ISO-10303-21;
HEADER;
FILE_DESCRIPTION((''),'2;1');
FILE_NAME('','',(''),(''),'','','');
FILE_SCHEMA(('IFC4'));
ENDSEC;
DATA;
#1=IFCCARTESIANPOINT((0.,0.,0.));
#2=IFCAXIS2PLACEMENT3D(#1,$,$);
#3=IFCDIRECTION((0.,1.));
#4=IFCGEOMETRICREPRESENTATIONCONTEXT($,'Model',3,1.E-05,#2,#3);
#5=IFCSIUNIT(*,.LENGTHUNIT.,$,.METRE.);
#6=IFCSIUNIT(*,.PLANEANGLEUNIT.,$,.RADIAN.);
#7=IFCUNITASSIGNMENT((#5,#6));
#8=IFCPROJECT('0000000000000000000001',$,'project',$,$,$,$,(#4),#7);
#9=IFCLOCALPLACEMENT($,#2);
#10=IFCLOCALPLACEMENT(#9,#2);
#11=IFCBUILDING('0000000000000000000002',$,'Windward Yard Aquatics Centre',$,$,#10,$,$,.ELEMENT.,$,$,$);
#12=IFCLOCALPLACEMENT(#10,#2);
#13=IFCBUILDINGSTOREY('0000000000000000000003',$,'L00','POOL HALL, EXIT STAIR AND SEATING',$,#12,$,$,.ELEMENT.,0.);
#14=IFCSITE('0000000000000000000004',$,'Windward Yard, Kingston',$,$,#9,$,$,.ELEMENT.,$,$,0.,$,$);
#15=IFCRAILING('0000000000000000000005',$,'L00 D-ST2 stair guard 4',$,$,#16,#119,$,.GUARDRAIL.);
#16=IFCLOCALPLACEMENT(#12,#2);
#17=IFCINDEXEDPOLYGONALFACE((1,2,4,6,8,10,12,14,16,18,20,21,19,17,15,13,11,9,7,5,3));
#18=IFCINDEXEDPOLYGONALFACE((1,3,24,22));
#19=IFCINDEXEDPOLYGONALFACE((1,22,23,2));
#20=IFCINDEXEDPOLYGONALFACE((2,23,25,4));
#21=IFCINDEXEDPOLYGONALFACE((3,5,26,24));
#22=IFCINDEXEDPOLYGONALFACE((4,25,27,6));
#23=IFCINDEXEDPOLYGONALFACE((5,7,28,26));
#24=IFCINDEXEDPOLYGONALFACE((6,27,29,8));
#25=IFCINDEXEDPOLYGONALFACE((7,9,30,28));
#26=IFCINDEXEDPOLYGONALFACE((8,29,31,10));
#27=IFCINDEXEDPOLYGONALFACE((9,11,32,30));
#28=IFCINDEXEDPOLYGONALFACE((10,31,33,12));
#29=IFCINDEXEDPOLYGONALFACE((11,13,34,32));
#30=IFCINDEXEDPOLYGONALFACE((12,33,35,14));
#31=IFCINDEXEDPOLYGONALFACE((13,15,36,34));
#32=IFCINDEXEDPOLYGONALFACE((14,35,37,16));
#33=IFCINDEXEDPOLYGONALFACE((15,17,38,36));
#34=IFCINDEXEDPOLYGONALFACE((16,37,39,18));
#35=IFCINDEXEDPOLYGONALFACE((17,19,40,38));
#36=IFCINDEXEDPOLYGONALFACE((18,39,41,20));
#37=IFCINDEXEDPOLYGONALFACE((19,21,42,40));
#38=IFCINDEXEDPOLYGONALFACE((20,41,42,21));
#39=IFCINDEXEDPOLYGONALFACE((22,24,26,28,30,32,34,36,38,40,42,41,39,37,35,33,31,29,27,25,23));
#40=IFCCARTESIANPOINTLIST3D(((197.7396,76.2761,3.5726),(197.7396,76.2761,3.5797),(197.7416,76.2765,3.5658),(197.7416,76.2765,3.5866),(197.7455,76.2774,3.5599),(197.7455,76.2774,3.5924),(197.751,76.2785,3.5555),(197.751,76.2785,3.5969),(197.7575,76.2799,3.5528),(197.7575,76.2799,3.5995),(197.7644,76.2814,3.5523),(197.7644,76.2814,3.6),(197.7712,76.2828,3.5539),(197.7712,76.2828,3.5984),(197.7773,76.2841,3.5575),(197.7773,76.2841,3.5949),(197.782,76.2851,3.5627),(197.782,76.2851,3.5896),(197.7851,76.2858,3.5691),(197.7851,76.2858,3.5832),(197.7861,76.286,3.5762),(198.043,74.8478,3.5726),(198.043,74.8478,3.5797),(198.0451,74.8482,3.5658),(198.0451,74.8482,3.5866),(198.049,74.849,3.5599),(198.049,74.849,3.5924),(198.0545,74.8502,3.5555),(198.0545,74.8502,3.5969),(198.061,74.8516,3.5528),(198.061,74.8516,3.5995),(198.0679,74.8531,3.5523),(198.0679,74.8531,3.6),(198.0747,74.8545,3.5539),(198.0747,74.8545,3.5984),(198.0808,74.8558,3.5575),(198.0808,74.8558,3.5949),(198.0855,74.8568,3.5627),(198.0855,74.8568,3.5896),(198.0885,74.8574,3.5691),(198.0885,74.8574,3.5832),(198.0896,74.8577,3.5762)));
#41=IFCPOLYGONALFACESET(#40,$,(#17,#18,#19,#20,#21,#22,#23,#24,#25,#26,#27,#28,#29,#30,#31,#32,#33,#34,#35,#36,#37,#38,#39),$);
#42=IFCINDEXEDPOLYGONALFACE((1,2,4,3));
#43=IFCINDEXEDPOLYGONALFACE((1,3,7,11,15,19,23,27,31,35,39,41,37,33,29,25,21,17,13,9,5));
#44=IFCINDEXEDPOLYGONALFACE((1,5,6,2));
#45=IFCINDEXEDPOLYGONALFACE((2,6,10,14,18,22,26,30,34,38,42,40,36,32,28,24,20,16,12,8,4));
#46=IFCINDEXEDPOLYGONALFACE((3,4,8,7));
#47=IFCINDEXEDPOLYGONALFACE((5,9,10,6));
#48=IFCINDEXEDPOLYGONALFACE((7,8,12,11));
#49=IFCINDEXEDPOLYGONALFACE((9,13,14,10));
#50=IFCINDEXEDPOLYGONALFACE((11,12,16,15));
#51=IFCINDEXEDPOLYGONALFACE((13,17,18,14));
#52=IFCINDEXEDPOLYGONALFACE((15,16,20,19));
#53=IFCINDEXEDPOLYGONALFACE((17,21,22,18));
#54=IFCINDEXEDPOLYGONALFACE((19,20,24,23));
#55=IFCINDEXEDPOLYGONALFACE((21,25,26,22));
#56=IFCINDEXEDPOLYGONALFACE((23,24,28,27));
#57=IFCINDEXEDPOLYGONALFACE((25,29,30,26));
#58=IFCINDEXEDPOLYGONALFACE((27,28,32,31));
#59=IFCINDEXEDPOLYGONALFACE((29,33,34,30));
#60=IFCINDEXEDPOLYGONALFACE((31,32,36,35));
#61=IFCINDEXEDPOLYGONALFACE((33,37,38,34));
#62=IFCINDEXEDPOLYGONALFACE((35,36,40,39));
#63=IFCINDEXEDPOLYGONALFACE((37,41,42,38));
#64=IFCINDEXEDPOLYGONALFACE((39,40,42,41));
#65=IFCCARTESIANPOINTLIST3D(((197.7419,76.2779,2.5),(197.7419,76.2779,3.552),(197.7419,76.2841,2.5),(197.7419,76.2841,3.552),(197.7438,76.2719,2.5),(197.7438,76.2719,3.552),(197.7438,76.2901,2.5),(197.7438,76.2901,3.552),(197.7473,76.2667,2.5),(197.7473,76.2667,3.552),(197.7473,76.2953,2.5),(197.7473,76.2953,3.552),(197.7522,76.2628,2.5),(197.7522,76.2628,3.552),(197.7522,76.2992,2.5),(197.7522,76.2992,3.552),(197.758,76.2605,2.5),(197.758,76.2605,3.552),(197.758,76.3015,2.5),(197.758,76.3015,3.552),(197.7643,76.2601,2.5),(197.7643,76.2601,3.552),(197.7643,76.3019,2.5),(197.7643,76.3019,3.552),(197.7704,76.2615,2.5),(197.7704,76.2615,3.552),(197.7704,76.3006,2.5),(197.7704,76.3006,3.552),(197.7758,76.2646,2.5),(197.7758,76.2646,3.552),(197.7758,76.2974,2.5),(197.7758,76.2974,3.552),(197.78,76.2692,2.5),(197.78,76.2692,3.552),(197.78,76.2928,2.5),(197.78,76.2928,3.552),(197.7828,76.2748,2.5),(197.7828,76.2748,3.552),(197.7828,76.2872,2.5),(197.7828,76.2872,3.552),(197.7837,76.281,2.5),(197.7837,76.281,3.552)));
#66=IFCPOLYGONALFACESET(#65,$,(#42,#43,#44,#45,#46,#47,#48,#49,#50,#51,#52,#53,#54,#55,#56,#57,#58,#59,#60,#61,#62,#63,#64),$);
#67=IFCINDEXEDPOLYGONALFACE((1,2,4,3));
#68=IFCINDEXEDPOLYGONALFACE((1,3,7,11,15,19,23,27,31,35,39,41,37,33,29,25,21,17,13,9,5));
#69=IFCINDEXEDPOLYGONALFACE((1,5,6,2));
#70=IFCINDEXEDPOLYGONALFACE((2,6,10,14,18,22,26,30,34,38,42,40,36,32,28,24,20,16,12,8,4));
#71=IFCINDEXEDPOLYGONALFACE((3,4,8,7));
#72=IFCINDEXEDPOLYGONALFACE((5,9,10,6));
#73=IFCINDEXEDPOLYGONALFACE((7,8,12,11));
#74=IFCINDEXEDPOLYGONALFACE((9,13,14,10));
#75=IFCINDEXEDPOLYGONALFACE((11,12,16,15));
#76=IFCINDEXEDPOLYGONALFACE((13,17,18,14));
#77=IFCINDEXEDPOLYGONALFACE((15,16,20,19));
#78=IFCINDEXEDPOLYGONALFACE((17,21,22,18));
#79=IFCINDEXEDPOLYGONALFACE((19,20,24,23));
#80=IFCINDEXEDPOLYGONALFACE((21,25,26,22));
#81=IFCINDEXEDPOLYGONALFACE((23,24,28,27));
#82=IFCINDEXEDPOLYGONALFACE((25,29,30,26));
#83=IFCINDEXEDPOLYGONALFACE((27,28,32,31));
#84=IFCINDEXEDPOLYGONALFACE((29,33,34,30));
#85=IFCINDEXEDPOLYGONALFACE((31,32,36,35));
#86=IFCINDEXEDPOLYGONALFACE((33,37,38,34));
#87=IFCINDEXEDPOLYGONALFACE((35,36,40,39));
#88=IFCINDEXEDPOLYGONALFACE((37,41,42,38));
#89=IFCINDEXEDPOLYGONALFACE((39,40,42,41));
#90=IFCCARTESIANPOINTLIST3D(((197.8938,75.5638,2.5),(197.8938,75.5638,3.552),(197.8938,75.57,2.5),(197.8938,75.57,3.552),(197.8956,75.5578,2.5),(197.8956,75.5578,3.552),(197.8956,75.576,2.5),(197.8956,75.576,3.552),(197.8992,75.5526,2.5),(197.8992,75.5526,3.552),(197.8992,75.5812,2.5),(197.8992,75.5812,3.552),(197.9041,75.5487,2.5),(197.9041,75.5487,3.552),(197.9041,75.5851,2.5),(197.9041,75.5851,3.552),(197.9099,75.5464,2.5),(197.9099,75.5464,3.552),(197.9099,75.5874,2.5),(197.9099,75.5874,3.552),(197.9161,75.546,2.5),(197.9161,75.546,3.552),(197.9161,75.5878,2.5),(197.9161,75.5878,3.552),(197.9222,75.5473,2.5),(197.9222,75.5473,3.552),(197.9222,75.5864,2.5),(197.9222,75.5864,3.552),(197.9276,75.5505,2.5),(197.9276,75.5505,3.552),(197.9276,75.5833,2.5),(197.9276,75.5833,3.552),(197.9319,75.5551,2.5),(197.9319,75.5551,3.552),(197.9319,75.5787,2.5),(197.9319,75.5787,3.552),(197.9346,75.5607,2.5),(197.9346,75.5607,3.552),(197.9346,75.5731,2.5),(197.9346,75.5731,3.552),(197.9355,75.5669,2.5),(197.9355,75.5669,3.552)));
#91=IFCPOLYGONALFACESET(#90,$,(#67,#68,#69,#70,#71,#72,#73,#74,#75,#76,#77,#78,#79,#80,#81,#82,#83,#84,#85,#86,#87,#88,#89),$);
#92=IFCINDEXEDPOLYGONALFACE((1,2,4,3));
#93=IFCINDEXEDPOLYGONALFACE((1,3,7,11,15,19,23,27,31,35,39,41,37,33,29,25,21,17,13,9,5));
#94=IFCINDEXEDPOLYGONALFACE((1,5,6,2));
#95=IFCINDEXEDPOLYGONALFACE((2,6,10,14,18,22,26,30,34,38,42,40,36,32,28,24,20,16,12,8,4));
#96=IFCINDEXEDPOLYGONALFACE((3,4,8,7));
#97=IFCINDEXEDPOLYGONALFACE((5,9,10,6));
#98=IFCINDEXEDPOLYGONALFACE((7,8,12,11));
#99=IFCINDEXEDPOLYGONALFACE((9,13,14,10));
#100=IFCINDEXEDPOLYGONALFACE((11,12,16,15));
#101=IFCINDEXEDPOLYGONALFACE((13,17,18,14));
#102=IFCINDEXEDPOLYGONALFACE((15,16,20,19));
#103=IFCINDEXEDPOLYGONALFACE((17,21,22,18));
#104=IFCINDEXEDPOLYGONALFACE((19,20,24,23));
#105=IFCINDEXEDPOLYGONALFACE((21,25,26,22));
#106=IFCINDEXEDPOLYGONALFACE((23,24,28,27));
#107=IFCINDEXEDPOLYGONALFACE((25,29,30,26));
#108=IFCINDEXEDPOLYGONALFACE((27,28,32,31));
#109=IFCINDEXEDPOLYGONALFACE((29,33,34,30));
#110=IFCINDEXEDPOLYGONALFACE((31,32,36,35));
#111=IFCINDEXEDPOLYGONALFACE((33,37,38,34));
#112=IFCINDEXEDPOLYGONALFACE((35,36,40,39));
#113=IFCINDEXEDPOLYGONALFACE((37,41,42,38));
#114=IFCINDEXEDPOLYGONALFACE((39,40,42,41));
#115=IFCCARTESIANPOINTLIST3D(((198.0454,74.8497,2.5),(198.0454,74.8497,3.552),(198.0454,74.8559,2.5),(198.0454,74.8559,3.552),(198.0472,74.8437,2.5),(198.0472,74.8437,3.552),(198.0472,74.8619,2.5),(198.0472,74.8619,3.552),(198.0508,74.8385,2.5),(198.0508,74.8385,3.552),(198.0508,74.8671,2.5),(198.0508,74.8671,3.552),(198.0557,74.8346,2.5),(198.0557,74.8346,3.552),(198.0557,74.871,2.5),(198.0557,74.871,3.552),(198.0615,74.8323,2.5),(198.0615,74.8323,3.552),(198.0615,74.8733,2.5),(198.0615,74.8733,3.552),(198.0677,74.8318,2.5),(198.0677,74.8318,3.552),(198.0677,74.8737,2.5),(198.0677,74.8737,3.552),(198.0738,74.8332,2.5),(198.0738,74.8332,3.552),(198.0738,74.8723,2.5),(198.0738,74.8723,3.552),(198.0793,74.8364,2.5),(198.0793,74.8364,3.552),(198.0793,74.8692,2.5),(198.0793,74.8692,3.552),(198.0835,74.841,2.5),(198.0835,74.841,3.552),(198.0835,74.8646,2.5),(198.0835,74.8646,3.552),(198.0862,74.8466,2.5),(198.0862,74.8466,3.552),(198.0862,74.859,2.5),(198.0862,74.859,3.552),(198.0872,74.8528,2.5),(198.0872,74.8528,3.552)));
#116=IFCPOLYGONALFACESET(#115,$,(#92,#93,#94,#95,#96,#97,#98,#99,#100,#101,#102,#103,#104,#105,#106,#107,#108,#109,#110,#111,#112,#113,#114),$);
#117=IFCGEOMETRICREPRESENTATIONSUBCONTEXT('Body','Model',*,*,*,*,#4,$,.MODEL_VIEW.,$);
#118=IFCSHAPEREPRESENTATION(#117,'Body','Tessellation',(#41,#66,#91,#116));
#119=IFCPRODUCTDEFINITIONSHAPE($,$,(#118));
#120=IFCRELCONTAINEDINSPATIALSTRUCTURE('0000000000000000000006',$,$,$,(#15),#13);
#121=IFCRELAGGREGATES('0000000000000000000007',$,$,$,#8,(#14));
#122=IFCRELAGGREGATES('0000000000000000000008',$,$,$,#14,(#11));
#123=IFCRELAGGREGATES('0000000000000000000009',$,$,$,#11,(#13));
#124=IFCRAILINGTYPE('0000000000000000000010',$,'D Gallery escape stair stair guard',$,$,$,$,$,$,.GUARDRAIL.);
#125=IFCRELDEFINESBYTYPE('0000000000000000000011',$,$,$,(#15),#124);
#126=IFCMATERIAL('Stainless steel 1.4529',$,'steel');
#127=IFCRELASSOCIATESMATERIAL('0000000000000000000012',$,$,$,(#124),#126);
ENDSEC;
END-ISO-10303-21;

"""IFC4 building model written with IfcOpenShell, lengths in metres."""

from ifc_helpers import new_model, si_unit, direction, frame, origin, origin_2d, place, context, subcontext, project, spatial, circle, extrude, material, type_object, element, save


model = new_model("IFC4")

# Units and contexts
model_context = context("Model", 3, precision=1e-05, world=origin(), true_north=direction((0.0, 1.0)))
body_context = subcontext(model_context, "Body", "Model", "MODEL_VIEW")
ifc_project = project(units=[si_unit("LENGTHUNIT", "METRE"), si_unit("PLANEANGLEUNIT", "RADIAN")], contexts=[model_context])

# Site, building, storey
site_placement = place(None, origin())
site = spatial("IfcSite", under=ifc_project, at=site_placement, Name="Windward Yard, Kingston", CompositionType="ELEMENT", RefElevation=0.0)
building_placement = place(site_placement, origin())
building = spatial("IfcBuilding", under=site, at=building_placement, Name="Windward Yard Aquatics Centre", CompositionType="ELEMENT")
storey_placement = place(building_placement, origin())
storey = spatial("IfcBuildingStorey", under=building, at=storey_placement, Name="L00", Description="POOL HALL, EXIT STAIR AND SEATING", CompositionType="ELEMENT", Elevation=0.0)

# Railing
ifc_material_1 = material(Name="Stainless steel 1.4529", Category="steel")
railing_type_1 = type_object("IfcRailingType", Name="D Gallery escape stair stair guard", PredefinedType="GUARDRAIL", material=ifc_material_1)
for number, where, name in (
    (1, (197.7627, 76.281, 2.5), "L00 D-ST2 stair guard 4"),
):
    element("IfcRailing", number, at=place(storey_placement, frame(where)), inside=storey, type_object=railing_type_1, Name=name, PredefinedType="GUARDRAIL", context=body_context, shape_type="SweptSolid", body=[
        extrude(circle(Radius=0.0239, at=origin_2d()), frame((0.0, 0.0, 1.0762), z_axis=(0.207839, -0.978163, 0.0), x_axis=(0.978163, 0.207839, 0.0)), (0.0, 0.0, 1.0), 1.4602),
        extrude(circle(Radius=0.021, at=origin_2d()), origin(), (0.0, 0.0, 1.0), 1.052),
        extrude(circle(Radius=0.021, at=origin_2d()), frame((0.1519, -0.7141, 0.0)), (0.0, 0.0, 1.0), 1.052),
        extrude(circle(Radius=0.021, at=origin_2d()), frame((0.3035, -1.4282, 0.0)), (0.0, 0.0, 1.0), 1.052),
    ])

save(model, "model.ifc")
